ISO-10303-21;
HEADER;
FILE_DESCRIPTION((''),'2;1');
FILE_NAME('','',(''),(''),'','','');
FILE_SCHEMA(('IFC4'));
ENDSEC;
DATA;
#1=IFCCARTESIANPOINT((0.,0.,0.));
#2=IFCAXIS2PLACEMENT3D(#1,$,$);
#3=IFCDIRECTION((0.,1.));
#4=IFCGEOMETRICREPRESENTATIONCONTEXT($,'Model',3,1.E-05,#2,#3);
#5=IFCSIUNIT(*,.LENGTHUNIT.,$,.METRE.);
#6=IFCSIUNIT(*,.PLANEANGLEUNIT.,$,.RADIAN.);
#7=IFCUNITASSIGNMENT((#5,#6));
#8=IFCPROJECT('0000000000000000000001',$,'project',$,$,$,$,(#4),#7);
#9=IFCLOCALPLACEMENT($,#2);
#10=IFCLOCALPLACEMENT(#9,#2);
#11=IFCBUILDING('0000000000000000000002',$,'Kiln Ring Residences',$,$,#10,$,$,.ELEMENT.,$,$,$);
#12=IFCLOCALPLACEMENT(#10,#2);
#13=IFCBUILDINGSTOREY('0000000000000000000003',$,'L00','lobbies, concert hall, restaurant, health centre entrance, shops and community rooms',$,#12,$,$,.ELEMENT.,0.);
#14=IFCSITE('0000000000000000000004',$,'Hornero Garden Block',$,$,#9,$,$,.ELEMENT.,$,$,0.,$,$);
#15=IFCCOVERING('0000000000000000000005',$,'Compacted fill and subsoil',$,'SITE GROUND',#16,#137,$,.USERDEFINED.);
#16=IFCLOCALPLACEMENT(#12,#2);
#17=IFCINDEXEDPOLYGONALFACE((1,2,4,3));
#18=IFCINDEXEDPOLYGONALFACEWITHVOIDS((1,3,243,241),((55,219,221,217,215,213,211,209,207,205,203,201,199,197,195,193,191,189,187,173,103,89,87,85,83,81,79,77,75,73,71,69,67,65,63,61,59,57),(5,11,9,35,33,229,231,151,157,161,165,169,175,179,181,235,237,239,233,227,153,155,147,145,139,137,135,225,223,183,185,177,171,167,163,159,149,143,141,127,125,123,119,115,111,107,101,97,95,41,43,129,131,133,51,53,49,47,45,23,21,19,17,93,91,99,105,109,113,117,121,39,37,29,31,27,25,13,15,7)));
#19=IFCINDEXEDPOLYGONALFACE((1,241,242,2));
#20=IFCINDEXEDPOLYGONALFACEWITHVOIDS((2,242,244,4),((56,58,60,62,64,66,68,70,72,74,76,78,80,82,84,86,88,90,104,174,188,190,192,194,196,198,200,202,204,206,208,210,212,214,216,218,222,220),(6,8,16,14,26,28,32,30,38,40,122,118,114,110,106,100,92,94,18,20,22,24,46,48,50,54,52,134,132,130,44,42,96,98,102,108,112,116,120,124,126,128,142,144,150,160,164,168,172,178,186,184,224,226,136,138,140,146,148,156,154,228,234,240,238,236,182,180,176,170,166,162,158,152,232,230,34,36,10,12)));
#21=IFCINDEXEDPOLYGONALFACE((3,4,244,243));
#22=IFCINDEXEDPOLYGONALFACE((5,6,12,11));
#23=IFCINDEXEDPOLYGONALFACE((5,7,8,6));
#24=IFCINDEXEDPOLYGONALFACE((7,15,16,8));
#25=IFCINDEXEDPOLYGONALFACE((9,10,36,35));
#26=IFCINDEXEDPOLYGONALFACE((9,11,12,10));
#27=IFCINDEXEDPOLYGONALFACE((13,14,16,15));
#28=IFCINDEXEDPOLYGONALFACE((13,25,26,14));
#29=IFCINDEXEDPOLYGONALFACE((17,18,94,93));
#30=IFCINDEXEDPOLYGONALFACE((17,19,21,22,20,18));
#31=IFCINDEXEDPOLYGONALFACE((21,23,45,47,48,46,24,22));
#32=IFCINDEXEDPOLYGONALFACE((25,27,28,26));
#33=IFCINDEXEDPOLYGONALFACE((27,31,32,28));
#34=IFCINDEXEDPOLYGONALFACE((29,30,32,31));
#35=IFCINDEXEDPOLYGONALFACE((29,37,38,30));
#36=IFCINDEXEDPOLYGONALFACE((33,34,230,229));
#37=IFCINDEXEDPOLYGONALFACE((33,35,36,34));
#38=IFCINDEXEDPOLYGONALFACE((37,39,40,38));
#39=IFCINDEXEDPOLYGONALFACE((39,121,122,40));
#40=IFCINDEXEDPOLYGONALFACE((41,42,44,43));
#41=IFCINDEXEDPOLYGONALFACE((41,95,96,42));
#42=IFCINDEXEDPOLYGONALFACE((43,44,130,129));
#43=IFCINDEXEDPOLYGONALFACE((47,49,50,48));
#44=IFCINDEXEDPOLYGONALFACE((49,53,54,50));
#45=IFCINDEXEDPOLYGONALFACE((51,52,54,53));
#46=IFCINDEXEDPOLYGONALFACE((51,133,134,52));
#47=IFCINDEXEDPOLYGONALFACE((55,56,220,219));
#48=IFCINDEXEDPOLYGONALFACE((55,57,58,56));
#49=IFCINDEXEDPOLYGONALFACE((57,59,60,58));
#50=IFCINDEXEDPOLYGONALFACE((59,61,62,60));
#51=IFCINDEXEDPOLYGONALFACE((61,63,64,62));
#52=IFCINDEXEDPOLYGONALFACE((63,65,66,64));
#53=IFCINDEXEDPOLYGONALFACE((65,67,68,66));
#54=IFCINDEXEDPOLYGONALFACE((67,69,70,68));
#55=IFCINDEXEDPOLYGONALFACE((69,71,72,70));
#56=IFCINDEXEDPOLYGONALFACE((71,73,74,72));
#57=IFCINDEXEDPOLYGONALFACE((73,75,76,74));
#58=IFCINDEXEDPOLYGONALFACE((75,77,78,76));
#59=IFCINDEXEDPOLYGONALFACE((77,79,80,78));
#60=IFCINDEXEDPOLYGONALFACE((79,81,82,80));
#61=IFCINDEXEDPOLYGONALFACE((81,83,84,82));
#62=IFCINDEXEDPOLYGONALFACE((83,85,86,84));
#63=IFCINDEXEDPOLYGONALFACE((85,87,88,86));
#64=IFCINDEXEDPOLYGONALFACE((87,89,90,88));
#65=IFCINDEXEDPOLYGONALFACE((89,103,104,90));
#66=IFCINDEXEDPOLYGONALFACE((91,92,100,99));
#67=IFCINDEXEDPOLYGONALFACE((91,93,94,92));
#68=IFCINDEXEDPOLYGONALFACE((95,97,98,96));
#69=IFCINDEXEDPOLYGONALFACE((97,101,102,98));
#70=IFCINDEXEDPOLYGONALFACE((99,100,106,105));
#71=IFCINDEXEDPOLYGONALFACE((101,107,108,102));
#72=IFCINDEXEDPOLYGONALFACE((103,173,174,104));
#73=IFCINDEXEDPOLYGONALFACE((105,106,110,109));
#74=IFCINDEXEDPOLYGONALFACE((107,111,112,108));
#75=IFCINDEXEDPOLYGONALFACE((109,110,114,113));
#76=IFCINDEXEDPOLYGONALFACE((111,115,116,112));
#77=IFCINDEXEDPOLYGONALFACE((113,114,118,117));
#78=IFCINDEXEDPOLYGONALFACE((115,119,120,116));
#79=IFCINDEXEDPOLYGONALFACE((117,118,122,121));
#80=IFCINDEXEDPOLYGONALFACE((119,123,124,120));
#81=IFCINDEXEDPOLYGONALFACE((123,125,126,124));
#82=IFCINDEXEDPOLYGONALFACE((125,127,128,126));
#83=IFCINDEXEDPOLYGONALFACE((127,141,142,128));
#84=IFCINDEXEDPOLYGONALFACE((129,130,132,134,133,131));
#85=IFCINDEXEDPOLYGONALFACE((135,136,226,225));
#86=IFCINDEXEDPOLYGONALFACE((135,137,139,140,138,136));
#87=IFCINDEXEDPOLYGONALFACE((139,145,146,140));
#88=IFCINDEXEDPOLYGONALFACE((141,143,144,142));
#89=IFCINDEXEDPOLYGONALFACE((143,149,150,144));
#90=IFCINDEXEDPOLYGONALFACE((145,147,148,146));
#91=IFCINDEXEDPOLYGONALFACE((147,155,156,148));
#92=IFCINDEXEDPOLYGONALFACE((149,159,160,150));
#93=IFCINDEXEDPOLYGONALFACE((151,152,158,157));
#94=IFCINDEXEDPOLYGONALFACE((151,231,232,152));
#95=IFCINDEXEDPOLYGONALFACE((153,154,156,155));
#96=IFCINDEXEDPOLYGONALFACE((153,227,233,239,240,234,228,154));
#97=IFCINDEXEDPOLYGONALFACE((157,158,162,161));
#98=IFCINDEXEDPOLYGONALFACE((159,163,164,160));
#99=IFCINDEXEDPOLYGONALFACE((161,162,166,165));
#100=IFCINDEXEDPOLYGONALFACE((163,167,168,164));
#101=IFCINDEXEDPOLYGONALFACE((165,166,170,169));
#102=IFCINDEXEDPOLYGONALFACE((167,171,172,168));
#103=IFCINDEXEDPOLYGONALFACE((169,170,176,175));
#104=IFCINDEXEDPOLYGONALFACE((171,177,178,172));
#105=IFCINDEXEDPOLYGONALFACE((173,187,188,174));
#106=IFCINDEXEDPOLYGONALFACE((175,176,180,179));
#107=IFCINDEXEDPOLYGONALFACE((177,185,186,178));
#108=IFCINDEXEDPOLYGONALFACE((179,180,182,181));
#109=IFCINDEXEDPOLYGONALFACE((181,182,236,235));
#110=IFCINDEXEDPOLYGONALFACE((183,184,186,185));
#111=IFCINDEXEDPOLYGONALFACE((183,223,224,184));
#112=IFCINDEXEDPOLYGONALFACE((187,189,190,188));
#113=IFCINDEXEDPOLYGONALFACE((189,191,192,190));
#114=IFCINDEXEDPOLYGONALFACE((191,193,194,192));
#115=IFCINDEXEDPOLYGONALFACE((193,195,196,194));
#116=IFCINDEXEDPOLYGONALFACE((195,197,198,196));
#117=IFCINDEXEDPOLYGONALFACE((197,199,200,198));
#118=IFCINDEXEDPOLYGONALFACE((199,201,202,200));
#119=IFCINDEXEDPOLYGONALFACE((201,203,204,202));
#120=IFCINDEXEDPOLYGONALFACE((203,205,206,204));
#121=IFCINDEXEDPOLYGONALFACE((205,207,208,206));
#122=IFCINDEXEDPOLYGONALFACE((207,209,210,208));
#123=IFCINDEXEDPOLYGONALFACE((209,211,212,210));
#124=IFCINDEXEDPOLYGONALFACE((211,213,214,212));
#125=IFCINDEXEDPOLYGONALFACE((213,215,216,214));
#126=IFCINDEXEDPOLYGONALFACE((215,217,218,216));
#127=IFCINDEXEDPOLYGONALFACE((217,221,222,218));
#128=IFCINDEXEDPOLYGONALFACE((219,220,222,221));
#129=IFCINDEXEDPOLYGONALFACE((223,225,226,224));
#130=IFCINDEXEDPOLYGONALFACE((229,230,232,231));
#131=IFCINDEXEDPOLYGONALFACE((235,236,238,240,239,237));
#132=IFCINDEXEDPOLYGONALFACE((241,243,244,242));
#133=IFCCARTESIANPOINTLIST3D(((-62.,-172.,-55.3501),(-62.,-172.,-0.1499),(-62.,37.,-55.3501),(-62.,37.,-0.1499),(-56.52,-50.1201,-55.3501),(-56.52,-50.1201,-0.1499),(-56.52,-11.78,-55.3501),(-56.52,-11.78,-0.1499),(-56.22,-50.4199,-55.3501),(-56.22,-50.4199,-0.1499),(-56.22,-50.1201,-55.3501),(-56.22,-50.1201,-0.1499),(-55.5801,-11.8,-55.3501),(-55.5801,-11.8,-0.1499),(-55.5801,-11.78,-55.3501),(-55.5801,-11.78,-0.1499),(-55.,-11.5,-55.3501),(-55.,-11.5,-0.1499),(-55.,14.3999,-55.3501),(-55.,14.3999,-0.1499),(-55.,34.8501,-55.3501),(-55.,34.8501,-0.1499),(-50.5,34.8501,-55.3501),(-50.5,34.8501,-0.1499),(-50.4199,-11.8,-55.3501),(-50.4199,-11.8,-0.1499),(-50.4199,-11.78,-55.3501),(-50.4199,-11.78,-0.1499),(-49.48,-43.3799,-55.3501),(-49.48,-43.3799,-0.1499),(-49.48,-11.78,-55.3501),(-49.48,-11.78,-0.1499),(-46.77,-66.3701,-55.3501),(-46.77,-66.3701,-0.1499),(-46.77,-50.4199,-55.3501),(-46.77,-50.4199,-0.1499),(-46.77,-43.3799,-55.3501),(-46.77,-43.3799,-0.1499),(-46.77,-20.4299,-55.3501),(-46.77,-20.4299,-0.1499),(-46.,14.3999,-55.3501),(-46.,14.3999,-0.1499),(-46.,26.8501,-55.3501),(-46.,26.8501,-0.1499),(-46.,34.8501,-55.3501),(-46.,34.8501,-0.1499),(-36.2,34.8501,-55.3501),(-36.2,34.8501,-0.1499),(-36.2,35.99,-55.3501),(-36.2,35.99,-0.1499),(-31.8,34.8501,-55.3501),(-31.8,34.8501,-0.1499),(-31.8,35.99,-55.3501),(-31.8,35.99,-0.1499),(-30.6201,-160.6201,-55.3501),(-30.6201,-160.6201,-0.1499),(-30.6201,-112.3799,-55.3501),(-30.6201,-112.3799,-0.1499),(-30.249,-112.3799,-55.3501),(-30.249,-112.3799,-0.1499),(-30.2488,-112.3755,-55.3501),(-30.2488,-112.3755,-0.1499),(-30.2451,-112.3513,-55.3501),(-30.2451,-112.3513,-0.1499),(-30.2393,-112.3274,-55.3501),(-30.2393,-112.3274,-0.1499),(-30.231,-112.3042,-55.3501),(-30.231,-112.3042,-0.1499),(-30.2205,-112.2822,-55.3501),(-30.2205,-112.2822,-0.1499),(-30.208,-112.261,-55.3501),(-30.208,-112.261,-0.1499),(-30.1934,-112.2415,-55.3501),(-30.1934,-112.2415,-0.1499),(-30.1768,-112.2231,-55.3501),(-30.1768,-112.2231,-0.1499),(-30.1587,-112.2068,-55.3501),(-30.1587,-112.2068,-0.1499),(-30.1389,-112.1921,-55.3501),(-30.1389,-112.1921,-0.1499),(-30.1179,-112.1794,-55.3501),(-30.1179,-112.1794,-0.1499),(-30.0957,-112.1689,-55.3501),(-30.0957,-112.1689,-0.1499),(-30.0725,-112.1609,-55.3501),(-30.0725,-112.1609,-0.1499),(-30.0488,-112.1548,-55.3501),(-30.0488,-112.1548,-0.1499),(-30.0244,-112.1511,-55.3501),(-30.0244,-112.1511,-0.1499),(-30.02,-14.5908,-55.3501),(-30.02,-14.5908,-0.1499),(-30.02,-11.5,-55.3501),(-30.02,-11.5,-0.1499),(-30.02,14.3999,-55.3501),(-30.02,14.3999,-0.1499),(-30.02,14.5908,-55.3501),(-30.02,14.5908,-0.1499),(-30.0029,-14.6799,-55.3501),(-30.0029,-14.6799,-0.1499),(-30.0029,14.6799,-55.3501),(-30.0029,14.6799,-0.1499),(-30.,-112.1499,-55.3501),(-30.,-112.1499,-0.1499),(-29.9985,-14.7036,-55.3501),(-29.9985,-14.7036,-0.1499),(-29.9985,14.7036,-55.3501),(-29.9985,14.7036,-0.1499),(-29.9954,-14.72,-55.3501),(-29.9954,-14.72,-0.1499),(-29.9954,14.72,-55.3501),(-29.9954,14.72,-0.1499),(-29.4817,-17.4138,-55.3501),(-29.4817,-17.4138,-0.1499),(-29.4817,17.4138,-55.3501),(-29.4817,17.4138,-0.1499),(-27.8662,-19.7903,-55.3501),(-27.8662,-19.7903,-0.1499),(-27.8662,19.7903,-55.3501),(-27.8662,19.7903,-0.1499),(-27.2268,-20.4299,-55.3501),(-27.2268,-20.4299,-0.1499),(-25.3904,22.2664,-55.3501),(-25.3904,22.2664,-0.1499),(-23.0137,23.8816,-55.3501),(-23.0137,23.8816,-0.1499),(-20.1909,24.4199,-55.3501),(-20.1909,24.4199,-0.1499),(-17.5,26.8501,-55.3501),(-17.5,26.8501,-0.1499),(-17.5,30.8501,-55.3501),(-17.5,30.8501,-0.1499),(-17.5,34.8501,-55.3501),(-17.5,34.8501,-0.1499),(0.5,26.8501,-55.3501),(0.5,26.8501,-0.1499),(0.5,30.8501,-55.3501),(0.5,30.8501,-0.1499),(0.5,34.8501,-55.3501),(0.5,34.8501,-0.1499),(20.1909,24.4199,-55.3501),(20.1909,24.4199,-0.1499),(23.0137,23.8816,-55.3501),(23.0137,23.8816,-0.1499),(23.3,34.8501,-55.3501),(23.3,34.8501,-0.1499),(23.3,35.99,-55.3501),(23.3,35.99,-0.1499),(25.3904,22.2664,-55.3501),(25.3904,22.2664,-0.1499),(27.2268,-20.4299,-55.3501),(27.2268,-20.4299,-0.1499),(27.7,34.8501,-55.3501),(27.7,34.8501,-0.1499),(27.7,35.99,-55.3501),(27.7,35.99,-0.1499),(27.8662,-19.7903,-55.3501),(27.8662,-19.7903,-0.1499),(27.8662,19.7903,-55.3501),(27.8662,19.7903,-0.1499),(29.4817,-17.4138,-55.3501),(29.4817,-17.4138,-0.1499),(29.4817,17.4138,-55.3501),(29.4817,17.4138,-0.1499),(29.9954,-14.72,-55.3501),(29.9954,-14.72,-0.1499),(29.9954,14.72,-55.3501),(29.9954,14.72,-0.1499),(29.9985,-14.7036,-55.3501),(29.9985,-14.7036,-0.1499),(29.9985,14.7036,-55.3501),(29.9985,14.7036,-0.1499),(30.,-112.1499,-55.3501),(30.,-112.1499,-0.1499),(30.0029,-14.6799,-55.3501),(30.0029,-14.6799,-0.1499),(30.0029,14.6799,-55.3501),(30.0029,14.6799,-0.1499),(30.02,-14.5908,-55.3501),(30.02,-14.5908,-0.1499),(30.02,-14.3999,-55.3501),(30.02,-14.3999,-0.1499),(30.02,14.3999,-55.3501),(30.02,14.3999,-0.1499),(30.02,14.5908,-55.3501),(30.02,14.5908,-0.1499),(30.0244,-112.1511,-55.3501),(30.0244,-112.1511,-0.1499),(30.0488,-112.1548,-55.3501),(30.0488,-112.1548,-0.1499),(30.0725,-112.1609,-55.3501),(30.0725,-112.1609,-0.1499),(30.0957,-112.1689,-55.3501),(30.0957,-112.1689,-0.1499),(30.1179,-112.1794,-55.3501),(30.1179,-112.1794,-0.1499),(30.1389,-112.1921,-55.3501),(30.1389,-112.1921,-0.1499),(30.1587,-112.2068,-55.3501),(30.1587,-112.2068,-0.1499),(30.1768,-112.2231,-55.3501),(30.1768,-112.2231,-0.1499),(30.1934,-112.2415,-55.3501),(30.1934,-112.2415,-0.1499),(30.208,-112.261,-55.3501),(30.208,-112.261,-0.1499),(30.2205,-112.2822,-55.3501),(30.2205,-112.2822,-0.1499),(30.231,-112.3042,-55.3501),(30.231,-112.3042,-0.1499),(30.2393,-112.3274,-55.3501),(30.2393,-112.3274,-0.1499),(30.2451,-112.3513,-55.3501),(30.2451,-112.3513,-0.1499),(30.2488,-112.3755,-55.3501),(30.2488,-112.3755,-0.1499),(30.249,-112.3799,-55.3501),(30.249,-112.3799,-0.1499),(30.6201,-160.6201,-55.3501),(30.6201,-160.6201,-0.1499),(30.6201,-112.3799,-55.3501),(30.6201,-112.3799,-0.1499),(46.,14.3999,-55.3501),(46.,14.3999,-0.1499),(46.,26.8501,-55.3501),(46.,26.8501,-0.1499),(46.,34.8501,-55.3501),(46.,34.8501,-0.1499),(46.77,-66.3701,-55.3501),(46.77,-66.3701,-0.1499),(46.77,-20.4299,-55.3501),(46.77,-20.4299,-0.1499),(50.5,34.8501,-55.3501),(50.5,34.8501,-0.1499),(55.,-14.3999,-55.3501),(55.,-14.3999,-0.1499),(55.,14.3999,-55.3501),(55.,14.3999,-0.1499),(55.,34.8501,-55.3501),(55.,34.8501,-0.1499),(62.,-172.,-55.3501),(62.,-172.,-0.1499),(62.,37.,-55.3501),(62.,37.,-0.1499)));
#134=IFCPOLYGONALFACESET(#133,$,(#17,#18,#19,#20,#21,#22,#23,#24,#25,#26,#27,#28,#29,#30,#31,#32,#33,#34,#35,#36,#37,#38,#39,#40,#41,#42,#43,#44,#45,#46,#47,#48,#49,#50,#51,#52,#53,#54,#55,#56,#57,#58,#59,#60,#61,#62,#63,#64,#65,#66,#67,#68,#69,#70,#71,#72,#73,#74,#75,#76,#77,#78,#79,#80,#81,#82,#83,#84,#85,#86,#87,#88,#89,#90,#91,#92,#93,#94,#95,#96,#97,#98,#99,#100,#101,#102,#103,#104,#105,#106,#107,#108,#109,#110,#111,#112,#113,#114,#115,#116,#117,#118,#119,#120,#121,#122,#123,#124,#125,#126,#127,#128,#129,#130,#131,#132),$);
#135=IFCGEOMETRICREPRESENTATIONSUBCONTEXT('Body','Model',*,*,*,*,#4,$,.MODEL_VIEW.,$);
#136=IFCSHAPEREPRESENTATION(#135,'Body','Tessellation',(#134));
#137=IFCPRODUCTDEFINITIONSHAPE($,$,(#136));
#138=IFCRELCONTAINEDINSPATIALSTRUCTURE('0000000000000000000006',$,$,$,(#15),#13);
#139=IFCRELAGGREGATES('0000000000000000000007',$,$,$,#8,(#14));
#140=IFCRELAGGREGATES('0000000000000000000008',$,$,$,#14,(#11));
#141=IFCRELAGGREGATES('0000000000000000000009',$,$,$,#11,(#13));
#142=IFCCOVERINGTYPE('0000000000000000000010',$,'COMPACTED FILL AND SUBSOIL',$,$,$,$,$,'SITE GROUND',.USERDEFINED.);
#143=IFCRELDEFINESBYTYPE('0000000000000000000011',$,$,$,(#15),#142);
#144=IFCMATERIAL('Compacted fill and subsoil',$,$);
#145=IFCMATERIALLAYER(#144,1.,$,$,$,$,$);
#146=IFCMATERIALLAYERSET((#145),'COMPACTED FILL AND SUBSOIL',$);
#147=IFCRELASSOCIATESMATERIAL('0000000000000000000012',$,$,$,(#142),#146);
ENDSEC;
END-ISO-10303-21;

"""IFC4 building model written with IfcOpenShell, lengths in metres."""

from ifc_helpers import new_model, si_unit, direction, frame, origin, place, context, subcontext, project, spatial, polyline, outline, extrude, material, layer, layer_set, type_object, element, save


model = new_model("IFC4")

# Units and contexts
model_context = context("Model", 3, precision=1e-05, world=origin(), true_north=direction((0.0, 1.0)))
body_context = subcontext(model_context, "Body", "Model", "MODEL_VIEW")
ifc_project = project(units=[si_unit("LENGTHUNIT", "METRE"), si_unit("PLANEANGLEUNIT", "RADIAN")], contexts=[model_context])

# Site, building, storey
site_placement = place(None, origin())
site = spatial("IfcSite", under=ifc_project, at=site_placement, Name="Hornero Garden Block", CompositionType="ELEMENT", RefElevation=0.0)
building_placement = place(site_placement, origin())
building = spatial("IfcBuilding", under=site, at=building_placement, Name="Kiln Ring Residences", CompositionType="ELEMENT")
storey_placement = place(building_placement, origin())
storey = spatial("IfcBuildingStorey", under=building, at=storey_placement, Name="L00", Description="lobbies, concert hall, restaurant, health centre entrance, shops and community rooms", CompositionType="ELEMENT", Elevation=0.0)

# Covering
ifc_material_1 = material(Name="Compacted fill and subsoil")
ifc_layer_1 = layer(ifc_material_1, 1.0)
ifc_layer_set_1 = layer_set([ifc_layer_1], Name="COMPACTED FILL AND SUBSOIL")
covering_type_1 = type_object("IfcCoveringType", Name="COMPACTED FILL AND SUBSOIL", ElementType="SITE GROUND", PredefinedType="USERDEFINED", material=ifc_layer_set_1)
covering_1_placement = place(storey_placement, frame((0.0, 0.0, -55.3501)))
element("IfcCovering", 1, at=covering_1_placement, inside=storey, type_object=covering_type_1, Name="Compacted fill and subsoil", ObjectType="SITE GROUND", PredefinedType="USERDEFINED", context=body_context, shape_type="SweptSolid", body=[
    extrude(outline(polyline([(-62.0, -172.0), (62.0, -172.0), (62.0, 37.0), (-62.0, 37.0), (-62.0, -172.0)]), holes=[polyline([(-46.77, -50.4199), (-56.22, -50.4199), (-56.22, -50.1201), (-56.52, -50.1201), (-56.52, -11.78), (-55.5801, -11.78), (-55.5801, -11.8), (-50.4199, -11.8), (-50.4199, -11.78), (-49.48, -11.78), (-49.48, -43.3799), (-46.77, -43.3799), (-46.77, -20.4299), (-27.2268, -20.4299), (-27.8662, -19.7903), (-29.4817, -17.4138), (-29.9954, -14.72), (-29.9954, -14.72), (-29.9985, -14.7036), (-30.0029, -14.6799), (-30.0029, -14.6799), (-30.02, -14.5908), (-30.02, -11.5), (-55.0, -11.5), (-55.0, 14.3999), (-55.0, 34.8501), (-50.5, 34.8501), (-46.0, 34.8501), (-36.2, 34.8501), (-36.2, 35.99), (-31.8, 35.99), (-31.8, 34.8501), (-17.5, 34.8501), (-17.5, 30.8501), (-17.5, 26.8501), (-46.0, 26.8501), (-46.0, 14.3999), (-30.02, 14.3999), (-30.02, 14.5908), (-30.0029, 14.6799), (-30.0029, 14.6799), (-29.9985, 14.7036), (-29.9954, 14.72), (-29.9954, 14.72), (-29.4817, 17.4138), (-27.8662, 19.7903), (-25.3904, 22.2664), (-23.0137, 23.8816), (-20.1909, 24.4199), (20.1909, 24.4199), (23.0137, 23.8816), (25.3904, 22.2664), (27.8662, 19.7903), (29.4817, 17.4138), (29.9954, 14.72), (29.9954, 14.72), (29.9985, 14.7036), (30.0029, 14.6799), (30.0029, 14.6799), (30.02, 14.5908), (30.02, 14.3999), (46.0, 14.3999), (46.0, 26.8501), (0.5, 26.8501), (0.5, 30.8501), (0.5, 34.8501), (23.3, 34.8501), (23.3, 35.99), (27.7, 35.99), (27.7, 34.8501), (46.0, 34.8501), (50.5, 34.8501), (55.0, 34.8501), (55.0, 14.3999), (55.0, -14.3999), (30.02, -14.3999), (30.02, -14.5908), (30.0029, -14.6799), (30.0029, -14.6799), (29.9985, -14.7036), (29.9954, -14.72), (29.9954, -14.72), (29.4817, -17.4138), (27.8662, -19.7903), (27.2268, -20.4299), (46.77, -20.4299), (46.77, -66.3701), (-46.77, -66.3701), (-46.77, -50.4199)]), polyline([(-30.231, -112.3042), (-30.2205, -112.2822), (-30.208, -112.261), (-30.1934, -112.2415), (-30.1768, -112.2231), (-30.1587, -112.2068), (-30.1389, -112.1921), (-30.1179, -112.1794), (-30.0957, -112.1689), (-30.0725, -112.1609), (-30.0488, -112.1548), (-30.0244, -112.1511), (-30.0, -112.1499), (30.0, -112.1499), (30.0244, -112.1511), (30.0488, -112.1548), (30.0725, -112.1609), (30.0957, -112.1689), (30.1179, -112.1794), (30.1389, -112.1921), (30.1587, -112.2068), (30.1768, -112.2231), (30.1934, -112.2415), (30.208, -112.261), (30.2205, -112.2822), (30.231, -112.3042), (30.2393, -112.3274), (30.2451, -112.3513), (30.2488, -112.3755), (30.249, -112.3799), (30.6201, -112.3799), (30.6201, -160.6201), (-30.6201, -160.6201), (-30.6201, -112.3799), (-30.249, -112.3799), (-30.2488, -112.3755), (-30.2451, -112.3513), (-30.2393, -112.3274), (-30.231, -112.3042)])]), origin(), (0.0, 0.0, 1.0), 55.2002),
])

save(model, "model.ifc")
